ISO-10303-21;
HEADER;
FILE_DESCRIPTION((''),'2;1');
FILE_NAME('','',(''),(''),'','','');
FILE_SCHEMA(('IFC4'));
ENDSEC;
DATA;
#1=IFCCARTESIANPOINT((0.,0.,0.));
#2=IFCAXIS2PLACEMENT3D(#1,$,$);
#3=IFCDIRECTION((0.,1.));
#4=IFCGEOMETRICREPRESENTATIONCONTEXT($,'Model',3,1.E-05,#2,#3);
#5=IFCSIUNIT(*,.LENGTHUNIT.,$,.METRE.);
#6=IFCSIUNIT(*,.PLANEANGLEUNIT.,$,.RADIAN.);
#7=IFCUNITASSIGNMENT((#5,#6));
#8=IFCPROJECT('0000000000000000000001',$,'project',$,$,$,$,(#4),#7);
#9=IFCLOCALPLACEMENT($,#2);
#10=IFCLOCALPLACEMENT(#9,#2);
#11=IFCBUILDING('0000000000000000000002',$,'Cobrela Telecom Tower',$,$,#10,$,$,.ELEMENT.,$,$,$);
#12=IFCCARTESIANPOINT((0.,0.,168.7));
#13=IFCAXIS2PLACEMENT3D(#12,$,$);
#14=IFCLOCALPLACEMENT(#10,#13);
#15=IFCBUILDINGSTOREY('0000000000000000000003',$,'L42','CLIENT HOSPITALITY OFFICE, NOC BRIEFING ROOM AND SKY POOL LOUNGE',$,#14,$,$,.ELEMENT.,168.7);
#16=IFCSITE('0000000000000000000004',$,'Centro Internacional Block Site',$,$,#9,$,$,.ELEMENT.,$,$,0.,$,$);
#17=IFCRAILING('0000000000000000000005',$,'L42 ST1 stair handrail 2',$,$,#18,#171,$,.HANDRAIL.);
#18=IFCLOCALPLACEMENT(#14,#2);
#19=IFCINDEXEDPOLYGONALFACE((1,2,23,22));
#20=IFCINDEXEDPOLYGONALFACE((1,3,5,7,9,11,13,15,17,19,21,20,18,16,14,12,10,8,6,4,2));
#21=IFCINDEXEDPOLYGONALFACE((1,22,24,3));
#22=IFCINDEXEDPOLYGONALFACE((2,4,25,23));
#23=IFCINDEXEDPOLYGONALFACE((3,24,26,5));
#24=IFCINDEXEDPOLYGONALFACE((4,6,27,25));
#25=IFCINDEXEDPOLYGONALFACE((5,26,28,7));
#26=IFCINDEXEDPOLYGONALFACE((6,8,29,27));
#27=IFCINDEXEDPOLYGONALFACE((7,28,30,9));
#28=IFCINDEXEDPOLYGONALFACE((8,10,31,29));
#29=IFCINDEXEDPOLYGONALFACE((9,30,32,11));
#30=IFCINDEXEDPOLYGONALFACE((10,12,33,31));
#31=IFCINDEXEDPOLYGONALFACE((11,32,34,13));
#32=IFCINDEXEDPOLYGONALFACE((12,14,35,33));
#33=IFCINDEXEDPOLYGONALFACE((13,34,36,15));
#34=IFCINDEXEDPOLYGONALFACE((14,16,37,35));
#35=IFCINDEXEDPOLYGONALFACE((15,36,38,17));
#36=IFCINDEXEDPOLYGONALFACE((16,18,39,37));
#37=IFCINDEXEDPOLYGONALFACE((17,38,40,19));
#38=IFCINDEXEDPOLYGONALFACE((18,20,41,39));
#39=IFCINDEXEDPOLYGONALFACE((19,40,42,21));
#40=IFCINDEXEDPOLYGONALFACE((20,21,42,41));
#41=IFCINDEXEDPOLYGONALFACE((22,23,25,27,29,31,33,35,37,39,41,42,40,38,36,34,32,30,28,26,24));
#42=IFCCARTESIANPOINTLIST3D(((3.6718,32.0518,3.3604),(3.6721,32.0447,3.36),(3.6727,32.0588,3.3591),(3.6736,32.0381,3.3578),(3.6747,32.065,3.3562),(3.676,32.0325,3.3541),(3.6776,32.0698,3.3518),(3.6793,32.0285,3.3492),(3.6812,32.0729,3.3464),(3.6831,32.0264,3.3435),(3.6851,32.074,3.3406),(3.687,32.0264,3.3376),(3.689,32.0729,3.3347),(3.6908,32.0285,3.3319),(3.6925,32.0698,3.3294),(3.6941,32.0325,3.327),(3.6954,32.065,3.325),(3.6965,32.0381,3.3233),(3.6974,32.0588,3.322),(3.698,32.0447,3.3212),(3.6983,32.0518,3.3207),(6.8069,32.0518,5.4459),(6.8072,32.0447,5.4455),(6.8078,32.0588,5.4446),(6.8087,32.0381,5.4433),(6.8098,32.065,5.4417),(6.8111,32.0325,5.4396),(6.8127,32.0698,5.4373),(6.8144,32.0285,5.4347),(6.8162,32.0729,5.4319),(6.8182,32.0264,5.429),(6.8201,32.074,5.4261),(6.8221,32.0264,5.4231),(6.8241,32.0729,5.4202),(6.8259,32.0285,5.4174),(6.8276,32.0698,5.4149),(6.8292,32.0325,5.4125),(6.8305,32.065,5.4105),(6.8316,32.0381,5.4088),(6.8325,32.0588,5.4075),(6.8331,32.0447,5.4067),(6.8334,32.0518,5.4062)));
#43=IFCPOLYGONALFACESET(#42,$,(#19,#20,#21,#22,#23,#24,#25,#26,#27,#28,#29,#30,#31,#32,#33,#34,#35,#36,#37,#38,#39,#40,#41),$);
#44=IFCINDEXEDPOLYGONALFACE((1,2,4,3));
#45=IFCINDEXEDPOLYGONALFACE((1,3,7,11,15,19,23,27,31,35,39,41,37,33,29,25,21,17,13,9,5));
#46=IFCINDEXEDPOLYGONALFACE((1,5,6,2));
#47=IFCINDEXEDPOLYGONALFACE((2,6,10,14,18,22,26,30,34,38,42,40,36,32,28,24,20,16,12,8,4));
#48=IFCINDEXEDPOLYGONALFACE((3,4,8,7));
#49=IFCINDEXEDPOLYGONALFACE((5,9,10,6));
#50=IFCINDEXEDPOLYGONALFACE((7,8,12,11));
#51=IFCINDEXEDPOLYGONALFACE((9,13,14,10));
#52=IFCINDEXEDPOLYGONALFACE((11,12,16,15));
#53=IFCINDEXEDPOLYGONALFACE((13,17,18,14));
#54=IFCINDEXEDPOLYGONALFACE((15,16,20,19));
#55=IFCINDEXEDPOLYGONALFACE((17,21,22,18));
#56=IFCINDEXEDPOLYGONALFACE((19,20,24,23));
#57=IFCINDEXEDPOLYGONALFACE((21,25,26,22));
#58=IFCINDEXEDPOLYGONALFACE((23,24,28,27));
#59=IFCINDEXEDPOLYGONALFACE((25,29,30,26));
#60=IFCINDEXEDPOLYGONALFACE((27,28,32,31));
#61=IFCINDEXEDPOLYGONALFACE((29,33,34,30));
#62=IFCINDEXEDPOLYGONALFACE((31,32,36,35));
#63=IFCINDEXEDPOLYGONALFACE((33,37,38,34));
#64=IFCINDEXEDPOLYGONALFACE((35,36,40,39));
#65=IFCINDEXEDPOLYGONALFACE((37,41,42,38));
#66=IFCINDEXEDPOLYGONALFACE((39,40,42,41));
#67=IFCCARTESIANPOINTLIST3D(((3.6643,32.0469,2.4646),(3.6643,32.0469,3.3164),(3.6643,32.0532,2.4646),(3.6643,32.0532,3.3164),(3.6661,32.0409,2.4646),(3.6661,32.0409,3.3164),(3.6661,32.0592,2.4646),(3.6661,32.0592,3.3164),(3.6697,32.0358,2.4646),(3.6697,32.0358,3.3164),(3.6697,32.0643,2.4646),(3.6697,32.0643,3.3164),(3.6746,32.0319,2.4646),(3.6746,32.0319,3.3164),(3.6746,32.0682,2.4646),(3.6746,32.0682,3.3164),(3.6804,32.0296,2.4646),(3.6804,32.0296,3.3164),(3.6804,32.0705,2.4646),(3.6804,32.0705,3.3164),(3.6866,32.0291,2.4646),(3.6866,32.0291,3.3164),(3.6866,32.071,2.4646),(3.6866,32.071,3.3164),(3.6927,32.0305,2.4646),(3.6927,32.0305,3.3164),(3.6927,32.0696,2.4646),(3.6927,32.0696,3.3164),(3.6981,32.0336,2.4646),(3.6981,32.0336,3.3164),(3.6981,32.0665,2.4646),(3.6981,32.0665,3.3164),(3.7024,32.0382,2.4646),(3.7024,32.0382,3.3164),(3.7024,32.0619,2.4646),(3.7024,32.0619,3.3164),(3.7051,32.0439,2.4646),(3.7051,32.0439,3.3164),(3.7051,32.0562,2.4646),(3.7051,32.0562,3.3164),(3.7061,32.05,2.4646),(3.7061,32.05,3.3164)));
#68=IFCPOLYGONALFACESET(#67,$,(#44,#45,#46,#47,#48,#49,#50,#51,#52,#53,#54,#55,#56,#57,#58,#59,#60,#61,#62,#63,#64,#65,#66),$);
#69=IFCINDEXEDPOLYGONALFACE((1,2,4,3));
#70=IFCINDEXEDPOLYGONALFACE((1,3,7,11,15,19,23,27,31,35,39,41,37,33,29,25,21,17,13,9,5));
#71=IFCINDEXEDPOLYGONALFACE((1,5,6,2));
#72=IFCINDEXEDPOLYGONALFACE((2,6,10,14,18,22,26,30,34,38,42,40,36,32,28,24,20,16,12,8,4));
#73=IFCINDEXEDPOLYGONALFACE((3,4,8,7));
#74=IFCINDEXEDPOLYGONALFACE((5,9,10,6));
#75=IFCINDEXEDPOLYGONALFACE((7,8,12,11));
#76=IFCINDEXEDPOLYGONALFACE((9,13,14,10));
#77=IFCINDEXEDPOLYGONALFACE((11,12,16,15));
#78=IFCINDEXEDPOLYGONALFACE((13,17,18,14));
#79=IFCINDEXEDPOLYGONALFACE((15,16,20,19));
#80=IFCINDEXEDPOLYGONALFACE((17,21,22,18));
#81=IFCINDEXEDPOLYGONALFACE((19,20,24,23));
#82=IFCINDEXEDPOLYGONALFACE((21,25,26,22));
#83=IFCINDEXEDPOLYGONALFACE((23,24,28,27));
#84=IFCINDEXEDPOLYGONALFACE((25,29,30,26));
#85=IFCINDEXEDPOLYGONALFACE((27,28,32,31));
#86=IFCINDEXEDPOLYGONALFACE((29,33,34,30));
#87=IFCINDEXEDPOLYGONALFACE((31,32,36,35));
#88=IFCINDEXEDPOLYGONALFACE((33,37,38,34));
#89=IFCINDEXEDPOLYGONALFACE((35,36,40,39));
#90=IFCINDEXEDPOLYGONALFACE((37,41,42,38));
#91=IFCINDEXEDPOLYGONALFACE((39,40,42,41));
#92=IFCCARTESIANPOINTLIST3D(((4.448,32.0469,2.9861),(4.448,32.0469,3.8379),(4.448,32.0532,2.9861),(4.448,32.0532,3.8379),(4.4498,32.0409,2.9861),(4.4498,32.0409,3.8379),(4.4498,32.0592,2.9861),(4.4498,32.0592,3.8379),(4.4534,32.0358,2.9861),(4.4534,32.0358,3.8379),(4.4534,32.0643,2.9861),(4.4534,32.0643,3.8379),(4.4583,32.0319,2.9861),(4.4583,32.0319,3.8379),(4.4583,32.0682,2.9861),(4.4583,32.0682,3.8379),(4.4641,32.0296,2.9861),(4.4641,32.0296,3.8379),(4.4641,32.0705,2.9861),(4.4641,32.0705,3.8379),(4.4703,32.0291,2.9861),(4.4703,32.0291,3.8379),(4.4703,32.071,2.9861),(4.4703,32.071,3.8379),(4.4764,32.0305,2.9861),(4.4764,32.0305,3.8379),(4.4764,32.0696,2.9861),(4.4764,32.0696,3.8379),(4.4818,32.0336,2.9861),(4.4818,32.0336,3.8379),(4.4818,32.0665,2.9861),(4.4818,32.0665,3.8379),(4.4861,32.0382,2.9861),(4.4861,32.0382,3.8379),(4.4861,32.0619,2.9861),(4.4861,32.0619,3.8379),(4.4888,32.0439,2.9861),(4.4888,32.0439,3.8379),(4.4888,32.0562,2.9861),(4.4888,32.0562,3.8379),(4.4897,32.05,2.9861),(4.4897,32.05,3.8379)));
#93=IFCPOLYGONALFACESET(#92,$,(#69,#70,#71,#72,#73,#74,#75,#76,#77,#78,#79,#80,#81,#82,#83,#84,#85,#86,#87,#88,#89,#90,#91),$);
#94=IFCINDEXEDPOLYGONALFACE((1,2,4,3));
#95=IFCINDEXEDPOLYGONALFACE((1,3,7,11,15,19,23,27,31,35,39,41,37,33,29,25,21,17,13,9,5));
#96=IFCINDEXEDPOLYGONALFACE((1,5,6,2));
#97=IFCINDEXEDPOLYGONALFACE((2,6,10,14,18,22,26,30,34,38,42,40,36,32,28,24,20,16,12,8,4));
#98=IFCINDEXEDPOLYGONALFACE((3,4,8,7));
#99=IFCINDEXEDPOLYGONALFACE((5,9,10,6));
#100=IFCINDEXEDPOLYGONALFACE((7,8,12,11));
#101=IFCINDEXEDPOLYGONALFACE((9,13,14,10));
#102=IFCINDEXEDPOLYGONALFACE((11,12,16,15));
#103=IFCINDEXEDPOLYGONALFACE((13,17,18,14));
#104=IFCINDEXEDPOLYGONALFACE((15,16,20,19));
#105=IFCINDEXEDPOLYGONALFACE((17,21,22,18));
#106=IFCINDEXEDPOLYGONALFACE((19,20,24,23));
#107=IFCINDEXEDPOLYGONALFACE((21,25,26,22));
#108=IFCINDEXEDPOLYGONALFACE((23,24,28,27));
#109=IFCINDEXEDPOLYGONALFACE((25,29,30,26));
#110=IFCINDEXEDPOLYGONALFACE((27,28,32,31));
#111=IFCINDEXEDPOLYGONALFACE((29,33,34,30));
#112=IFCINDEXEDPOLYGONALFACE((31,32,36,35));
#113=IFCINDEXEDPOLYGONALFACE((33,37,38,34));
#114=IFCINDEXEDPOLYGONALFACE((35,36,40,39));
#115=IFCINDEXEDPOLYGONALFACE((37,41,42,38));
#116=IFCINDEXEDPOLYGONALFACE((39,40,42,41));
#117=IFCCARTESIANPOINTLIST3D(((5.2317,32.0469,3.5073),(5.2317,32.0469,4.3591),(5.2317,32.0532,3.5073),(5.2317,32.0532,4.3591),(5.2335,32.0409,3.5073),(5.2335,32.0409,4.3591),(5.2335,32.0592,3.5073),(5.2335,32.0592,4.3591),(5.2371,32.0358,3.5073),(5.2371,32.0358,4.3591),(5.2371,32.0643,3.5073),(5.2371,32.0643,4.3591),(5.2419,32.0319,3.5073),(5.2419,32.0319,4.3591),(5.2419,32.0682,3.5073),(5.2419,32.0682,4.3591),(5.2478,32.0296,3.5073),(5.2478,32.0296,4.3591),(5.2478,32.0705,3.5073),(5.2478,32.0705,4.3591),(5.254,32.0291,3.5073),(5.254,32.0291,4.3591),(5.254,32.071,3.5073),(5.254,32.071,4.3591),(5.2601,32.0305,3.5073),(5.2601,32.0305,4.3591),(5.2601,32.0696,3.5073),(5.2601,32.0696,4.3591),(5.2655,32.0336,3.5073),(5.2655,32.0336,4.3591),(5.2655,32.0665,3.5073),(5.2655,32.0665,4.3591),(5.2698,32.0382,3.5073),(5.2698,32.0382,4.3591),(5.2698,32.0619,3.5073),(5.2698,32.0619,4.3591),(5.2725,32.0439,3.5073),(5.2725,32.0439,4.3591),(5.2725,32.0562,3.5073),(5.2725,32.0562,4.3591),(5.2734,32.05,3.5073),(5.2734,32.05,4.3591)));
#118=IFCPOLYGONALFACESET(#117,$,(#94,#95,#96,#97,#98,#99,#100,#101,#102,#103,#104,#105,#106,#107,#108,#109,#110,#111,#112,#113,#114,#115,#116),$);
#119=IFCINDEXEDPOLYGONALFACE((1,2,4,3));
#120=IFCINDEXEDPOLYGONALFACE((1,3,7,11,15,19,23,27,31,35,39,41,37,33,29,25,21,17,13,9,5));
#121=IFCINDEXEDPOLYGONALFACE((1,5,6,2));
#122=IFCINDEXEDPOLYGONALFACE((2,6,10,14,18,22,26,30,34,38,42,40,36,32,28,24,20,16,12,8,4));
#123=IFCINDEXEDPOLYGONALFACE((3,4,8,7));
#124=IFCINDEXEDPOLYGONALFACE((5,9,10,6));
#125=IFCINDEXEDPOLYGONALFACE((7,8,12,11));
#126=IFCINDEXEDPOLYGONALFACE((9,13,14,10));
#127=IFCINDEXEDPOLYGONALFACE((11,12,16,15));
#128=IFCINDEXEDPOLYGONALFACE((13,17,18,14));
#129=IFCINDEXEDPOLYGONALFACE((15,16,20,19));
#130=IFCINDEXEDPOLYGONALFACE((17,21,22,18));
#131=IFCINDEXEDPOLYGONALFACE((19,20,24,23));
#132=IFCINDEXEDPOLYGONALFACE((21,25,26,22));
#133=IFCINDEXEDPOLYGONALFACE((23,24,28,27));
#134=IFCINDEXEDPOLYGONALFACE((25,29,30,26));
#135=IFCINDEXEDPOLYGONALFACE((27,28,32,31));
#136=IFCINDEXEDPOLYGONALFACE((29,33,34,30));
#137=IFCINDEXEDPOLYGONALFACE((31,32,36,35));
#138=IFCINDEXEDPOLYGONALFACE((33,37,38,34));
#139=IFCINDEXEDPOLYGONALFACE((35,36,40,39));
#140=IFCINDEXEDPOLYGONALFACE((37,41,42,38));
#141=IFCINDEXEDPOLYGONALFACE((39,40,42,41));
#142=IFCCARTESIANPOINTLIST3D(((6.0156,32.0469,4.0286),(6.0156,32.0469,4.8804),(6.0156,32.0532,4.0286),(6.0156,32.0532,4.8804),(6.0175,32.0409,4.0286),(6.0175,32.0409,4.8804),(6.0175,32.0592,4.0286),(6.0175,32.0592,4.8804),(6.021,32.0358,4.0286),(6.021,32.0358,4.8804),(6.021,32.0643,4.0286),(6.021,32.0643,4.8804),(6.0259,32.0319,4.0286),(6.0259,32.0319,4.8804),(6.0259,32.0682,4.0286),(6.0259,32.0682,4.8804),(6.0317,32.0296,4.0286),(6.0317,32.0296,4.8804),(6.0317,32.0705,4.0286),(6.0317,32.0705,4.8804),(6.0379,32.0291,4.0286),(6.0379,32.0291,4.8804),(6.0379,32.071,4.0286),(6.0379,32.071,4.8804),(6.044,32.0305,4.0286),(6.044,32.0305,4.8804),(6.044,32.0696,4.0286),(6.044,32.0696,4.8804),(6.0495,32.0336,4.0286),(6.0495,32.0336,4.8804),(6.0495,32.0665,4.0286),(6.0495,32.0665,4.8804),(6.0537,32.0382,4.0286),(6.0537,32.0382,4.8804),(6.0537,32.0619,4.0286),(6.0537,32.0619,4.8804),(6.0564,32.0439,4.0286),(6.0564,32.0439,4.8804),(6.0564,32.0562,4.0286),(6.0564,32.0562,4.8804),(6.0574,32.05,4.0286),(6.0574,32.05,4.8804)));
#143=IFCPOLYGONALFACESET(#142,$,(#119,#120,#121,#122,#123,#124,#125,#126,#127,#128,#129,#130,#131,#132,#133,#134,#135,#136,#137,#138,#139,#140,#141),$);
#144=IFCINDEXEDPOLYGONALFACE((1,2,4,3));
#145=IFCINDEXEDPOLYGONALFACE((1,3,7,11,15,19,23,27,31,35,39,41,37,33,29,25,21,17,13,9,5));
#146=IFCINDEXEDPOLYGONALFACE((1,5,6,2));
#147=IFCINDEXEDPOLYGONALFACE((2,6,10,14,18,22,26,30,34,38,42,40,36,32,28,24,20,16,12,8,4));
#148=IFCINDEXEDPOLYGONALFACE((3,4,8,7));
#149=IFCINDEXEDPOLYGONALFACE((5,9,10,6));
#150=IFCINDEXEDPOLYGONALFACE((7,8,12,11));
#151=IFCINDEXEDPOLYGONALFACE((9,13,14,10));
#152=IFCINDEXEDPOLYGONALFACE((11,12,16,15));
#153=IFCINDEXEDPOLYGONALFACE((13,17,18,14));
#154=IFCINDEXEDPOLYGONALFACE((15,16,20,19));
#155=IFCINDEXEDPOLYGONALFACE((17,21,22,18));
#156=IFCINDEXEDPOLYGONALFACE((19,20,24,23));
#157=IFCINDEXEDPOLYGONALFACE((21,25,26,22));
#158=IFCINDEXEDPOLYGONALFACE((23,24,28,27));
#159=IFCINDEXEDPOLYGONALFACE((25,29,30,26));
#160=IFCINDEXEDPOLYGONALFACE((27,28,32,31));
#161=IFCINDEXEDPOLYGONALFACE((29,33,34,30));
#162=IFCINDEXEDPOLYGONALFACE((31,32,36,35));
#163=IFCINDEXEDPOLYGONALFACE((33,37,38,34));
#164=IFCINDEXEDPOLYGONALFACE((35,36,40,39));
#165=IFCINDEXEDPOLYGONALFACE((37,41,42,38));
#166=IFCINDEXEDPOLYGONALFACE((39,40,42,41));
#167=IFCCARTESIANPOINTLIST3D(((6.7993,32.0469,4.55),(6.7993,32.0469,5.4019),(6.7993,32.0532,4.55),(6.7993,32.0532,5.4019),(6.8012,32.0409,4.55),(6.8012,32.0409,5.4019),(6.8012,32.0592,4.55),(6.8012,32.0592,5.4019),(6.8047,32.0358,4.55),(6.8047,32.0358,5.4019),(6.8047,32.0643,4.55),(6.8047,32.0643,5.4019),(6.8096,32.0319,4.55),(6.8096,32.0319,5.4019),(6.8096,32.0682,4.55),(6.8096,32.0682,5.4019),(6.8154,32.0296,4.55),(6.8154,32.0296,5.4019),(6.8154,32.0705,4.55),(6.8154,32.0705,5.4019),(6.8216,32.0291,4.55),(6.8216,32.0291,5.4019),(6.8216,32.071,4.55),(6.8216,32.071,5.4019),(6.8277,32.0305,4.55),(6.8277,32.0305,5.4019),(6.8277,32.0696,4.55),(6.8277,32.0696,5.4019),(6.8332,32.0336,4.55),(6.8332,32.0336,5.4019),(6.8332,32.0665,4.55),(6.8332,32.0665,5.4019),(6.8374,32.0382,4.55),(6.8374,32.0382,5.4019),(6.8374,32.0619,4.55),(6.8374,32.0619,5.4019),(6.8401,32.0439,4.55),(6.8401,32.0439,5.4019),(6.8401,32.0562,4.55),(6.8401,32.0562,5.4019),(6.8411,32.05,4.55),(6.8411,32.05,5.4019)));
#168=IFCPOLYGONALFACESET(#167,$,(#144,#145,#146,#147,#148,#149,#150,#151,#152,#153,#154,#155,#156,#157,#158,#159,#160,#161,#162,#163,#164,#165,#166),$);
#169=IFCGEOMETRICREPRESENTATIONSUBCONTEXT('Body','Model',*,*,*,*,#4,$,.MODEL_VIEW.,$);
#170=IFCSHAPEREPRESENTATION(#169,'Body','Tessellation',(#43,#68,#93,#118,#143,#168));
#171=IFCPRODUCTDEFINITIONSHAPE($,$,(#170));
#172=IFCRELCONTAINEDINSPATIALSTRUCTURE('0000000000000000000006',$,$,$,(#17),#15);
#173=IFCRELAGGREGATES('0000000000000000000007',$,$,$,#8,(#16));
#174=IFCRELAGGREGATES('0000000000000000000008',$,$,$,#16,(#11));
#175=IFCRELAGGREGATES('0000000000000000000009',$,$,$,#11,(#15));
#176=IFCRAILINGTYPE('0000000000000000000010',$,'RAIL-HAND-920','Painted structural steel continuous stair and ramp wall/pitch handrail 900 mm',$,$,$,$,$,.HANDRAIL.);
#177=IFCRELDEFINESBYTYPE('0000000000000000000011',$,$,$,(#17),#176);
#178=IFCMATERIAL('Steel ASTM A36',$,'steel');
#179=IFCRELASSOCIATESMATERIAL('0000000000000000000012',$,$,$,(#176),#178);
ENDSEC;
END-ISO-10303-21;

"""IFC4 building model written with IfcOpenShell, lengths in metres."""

from ifc_helpers import new_model, si_unit, direction, frame, origin, origin_2d, place, context, subcontext, project, spatial, circle, extrude, material, type_object, element, save


model = new_model("IFC4")

# Units and contexts
model_context = context("Model", 3, precision=1e-05, world=origin(), true_north=direction((0.0, 1.0)))
body_context = subcontext(model_context, "Body", "Model", "MODEL_VIEW")
ifc_project = project(units=[si_unit("LENGTHUNIT", "METRE"), si_unit("PLANEANGLEUNIT", "RADIAN")], contexts=[model_context])

# Site, building, storey
site_placement = place(None, origin())
site = spatial("IfcSite", under=ifc_project, at=site_placement, Name="Centro Internacional Block Site", CompositionType="ELEMENT", RefElevation=0.0)
building_placement = place(site_placement, origin())
building = spatial("IfcBuilding", under=site, at=building_placement, Name="Cobrela Telecom Tower", CompositionType="ELEMENT")
storey_placement = place(building_placement, frame((0.0, 0.0, 168.7)))
storey = spatial("IfcBuildingStorey", under=building, at=storey_placement, Name="L42", Description="CLIENT HOSPITALITY OFFICE, NOC BRIEFING ROOM AND SKY POOL LOUNGE", CompositionType="ELEMENT", Elevation=168.7)

# Railing
ifc_material_1 = material(Name="Steel ASTM A36", Category="steel")
railing_type_1 = type_object("IfcRailingType", Name="RAIL-HAND-920", Description="Painted structural steel continuous stair and ramp wall/pitch handrail 900 mm", PredefinedType="HANDRAIL", material=ifc_material_1)
railing_1_placement = place(storey_placement, frame((3.6851, 32.05, 2.4646)))
element("IfcRailing", 1, at=railing_1_placement, inside=storey, type_object=railing_type_1, Name="L42 ST1 stair handrail 2", PredefinedType="HANDRAIL", context=body_context, shape_type="SweptSolid", body=[
    extrude(circle(Radius=0.0239, at=origin_2d()), frame((0.0, 0.0, 0.876), z_axis=(0.832608, 0.0, 0.553862), x_axis=(0.0, 1.0, 0.0)), (0.0, 0.0, 1.0), 3.7654),
    extrude(circle(Radius=0.021, at=origin_2d()), origin(), (0.0, 0.0, 1.0), 0.8518),
    extrude(circle(Radius=0.021, at=origin_2d()), frame((0.7837, 0.0, 0.5215)), (0.0, 0.0, 1.0), 0.8518),
    extrude(circle(Radius=0.021, at=origin_2d()), frame((1.5674, 0.0, 1.0427)), (0.0, 0.0, 1.0), 0.8518),
    extrude(circle(Radius=0.021, at=origin_2d()), frame((2.3513, 0.0, 1.564)), (0.0, 0.0, 1.0), 0.8518),
    extrude(circle(Radius=0.021, at=origin_2d()), frame((3.135, 0.0, 2.0854)), (0.0, 0.0, 1.0), 0.8518),
])

save(model, "model.ifc")
